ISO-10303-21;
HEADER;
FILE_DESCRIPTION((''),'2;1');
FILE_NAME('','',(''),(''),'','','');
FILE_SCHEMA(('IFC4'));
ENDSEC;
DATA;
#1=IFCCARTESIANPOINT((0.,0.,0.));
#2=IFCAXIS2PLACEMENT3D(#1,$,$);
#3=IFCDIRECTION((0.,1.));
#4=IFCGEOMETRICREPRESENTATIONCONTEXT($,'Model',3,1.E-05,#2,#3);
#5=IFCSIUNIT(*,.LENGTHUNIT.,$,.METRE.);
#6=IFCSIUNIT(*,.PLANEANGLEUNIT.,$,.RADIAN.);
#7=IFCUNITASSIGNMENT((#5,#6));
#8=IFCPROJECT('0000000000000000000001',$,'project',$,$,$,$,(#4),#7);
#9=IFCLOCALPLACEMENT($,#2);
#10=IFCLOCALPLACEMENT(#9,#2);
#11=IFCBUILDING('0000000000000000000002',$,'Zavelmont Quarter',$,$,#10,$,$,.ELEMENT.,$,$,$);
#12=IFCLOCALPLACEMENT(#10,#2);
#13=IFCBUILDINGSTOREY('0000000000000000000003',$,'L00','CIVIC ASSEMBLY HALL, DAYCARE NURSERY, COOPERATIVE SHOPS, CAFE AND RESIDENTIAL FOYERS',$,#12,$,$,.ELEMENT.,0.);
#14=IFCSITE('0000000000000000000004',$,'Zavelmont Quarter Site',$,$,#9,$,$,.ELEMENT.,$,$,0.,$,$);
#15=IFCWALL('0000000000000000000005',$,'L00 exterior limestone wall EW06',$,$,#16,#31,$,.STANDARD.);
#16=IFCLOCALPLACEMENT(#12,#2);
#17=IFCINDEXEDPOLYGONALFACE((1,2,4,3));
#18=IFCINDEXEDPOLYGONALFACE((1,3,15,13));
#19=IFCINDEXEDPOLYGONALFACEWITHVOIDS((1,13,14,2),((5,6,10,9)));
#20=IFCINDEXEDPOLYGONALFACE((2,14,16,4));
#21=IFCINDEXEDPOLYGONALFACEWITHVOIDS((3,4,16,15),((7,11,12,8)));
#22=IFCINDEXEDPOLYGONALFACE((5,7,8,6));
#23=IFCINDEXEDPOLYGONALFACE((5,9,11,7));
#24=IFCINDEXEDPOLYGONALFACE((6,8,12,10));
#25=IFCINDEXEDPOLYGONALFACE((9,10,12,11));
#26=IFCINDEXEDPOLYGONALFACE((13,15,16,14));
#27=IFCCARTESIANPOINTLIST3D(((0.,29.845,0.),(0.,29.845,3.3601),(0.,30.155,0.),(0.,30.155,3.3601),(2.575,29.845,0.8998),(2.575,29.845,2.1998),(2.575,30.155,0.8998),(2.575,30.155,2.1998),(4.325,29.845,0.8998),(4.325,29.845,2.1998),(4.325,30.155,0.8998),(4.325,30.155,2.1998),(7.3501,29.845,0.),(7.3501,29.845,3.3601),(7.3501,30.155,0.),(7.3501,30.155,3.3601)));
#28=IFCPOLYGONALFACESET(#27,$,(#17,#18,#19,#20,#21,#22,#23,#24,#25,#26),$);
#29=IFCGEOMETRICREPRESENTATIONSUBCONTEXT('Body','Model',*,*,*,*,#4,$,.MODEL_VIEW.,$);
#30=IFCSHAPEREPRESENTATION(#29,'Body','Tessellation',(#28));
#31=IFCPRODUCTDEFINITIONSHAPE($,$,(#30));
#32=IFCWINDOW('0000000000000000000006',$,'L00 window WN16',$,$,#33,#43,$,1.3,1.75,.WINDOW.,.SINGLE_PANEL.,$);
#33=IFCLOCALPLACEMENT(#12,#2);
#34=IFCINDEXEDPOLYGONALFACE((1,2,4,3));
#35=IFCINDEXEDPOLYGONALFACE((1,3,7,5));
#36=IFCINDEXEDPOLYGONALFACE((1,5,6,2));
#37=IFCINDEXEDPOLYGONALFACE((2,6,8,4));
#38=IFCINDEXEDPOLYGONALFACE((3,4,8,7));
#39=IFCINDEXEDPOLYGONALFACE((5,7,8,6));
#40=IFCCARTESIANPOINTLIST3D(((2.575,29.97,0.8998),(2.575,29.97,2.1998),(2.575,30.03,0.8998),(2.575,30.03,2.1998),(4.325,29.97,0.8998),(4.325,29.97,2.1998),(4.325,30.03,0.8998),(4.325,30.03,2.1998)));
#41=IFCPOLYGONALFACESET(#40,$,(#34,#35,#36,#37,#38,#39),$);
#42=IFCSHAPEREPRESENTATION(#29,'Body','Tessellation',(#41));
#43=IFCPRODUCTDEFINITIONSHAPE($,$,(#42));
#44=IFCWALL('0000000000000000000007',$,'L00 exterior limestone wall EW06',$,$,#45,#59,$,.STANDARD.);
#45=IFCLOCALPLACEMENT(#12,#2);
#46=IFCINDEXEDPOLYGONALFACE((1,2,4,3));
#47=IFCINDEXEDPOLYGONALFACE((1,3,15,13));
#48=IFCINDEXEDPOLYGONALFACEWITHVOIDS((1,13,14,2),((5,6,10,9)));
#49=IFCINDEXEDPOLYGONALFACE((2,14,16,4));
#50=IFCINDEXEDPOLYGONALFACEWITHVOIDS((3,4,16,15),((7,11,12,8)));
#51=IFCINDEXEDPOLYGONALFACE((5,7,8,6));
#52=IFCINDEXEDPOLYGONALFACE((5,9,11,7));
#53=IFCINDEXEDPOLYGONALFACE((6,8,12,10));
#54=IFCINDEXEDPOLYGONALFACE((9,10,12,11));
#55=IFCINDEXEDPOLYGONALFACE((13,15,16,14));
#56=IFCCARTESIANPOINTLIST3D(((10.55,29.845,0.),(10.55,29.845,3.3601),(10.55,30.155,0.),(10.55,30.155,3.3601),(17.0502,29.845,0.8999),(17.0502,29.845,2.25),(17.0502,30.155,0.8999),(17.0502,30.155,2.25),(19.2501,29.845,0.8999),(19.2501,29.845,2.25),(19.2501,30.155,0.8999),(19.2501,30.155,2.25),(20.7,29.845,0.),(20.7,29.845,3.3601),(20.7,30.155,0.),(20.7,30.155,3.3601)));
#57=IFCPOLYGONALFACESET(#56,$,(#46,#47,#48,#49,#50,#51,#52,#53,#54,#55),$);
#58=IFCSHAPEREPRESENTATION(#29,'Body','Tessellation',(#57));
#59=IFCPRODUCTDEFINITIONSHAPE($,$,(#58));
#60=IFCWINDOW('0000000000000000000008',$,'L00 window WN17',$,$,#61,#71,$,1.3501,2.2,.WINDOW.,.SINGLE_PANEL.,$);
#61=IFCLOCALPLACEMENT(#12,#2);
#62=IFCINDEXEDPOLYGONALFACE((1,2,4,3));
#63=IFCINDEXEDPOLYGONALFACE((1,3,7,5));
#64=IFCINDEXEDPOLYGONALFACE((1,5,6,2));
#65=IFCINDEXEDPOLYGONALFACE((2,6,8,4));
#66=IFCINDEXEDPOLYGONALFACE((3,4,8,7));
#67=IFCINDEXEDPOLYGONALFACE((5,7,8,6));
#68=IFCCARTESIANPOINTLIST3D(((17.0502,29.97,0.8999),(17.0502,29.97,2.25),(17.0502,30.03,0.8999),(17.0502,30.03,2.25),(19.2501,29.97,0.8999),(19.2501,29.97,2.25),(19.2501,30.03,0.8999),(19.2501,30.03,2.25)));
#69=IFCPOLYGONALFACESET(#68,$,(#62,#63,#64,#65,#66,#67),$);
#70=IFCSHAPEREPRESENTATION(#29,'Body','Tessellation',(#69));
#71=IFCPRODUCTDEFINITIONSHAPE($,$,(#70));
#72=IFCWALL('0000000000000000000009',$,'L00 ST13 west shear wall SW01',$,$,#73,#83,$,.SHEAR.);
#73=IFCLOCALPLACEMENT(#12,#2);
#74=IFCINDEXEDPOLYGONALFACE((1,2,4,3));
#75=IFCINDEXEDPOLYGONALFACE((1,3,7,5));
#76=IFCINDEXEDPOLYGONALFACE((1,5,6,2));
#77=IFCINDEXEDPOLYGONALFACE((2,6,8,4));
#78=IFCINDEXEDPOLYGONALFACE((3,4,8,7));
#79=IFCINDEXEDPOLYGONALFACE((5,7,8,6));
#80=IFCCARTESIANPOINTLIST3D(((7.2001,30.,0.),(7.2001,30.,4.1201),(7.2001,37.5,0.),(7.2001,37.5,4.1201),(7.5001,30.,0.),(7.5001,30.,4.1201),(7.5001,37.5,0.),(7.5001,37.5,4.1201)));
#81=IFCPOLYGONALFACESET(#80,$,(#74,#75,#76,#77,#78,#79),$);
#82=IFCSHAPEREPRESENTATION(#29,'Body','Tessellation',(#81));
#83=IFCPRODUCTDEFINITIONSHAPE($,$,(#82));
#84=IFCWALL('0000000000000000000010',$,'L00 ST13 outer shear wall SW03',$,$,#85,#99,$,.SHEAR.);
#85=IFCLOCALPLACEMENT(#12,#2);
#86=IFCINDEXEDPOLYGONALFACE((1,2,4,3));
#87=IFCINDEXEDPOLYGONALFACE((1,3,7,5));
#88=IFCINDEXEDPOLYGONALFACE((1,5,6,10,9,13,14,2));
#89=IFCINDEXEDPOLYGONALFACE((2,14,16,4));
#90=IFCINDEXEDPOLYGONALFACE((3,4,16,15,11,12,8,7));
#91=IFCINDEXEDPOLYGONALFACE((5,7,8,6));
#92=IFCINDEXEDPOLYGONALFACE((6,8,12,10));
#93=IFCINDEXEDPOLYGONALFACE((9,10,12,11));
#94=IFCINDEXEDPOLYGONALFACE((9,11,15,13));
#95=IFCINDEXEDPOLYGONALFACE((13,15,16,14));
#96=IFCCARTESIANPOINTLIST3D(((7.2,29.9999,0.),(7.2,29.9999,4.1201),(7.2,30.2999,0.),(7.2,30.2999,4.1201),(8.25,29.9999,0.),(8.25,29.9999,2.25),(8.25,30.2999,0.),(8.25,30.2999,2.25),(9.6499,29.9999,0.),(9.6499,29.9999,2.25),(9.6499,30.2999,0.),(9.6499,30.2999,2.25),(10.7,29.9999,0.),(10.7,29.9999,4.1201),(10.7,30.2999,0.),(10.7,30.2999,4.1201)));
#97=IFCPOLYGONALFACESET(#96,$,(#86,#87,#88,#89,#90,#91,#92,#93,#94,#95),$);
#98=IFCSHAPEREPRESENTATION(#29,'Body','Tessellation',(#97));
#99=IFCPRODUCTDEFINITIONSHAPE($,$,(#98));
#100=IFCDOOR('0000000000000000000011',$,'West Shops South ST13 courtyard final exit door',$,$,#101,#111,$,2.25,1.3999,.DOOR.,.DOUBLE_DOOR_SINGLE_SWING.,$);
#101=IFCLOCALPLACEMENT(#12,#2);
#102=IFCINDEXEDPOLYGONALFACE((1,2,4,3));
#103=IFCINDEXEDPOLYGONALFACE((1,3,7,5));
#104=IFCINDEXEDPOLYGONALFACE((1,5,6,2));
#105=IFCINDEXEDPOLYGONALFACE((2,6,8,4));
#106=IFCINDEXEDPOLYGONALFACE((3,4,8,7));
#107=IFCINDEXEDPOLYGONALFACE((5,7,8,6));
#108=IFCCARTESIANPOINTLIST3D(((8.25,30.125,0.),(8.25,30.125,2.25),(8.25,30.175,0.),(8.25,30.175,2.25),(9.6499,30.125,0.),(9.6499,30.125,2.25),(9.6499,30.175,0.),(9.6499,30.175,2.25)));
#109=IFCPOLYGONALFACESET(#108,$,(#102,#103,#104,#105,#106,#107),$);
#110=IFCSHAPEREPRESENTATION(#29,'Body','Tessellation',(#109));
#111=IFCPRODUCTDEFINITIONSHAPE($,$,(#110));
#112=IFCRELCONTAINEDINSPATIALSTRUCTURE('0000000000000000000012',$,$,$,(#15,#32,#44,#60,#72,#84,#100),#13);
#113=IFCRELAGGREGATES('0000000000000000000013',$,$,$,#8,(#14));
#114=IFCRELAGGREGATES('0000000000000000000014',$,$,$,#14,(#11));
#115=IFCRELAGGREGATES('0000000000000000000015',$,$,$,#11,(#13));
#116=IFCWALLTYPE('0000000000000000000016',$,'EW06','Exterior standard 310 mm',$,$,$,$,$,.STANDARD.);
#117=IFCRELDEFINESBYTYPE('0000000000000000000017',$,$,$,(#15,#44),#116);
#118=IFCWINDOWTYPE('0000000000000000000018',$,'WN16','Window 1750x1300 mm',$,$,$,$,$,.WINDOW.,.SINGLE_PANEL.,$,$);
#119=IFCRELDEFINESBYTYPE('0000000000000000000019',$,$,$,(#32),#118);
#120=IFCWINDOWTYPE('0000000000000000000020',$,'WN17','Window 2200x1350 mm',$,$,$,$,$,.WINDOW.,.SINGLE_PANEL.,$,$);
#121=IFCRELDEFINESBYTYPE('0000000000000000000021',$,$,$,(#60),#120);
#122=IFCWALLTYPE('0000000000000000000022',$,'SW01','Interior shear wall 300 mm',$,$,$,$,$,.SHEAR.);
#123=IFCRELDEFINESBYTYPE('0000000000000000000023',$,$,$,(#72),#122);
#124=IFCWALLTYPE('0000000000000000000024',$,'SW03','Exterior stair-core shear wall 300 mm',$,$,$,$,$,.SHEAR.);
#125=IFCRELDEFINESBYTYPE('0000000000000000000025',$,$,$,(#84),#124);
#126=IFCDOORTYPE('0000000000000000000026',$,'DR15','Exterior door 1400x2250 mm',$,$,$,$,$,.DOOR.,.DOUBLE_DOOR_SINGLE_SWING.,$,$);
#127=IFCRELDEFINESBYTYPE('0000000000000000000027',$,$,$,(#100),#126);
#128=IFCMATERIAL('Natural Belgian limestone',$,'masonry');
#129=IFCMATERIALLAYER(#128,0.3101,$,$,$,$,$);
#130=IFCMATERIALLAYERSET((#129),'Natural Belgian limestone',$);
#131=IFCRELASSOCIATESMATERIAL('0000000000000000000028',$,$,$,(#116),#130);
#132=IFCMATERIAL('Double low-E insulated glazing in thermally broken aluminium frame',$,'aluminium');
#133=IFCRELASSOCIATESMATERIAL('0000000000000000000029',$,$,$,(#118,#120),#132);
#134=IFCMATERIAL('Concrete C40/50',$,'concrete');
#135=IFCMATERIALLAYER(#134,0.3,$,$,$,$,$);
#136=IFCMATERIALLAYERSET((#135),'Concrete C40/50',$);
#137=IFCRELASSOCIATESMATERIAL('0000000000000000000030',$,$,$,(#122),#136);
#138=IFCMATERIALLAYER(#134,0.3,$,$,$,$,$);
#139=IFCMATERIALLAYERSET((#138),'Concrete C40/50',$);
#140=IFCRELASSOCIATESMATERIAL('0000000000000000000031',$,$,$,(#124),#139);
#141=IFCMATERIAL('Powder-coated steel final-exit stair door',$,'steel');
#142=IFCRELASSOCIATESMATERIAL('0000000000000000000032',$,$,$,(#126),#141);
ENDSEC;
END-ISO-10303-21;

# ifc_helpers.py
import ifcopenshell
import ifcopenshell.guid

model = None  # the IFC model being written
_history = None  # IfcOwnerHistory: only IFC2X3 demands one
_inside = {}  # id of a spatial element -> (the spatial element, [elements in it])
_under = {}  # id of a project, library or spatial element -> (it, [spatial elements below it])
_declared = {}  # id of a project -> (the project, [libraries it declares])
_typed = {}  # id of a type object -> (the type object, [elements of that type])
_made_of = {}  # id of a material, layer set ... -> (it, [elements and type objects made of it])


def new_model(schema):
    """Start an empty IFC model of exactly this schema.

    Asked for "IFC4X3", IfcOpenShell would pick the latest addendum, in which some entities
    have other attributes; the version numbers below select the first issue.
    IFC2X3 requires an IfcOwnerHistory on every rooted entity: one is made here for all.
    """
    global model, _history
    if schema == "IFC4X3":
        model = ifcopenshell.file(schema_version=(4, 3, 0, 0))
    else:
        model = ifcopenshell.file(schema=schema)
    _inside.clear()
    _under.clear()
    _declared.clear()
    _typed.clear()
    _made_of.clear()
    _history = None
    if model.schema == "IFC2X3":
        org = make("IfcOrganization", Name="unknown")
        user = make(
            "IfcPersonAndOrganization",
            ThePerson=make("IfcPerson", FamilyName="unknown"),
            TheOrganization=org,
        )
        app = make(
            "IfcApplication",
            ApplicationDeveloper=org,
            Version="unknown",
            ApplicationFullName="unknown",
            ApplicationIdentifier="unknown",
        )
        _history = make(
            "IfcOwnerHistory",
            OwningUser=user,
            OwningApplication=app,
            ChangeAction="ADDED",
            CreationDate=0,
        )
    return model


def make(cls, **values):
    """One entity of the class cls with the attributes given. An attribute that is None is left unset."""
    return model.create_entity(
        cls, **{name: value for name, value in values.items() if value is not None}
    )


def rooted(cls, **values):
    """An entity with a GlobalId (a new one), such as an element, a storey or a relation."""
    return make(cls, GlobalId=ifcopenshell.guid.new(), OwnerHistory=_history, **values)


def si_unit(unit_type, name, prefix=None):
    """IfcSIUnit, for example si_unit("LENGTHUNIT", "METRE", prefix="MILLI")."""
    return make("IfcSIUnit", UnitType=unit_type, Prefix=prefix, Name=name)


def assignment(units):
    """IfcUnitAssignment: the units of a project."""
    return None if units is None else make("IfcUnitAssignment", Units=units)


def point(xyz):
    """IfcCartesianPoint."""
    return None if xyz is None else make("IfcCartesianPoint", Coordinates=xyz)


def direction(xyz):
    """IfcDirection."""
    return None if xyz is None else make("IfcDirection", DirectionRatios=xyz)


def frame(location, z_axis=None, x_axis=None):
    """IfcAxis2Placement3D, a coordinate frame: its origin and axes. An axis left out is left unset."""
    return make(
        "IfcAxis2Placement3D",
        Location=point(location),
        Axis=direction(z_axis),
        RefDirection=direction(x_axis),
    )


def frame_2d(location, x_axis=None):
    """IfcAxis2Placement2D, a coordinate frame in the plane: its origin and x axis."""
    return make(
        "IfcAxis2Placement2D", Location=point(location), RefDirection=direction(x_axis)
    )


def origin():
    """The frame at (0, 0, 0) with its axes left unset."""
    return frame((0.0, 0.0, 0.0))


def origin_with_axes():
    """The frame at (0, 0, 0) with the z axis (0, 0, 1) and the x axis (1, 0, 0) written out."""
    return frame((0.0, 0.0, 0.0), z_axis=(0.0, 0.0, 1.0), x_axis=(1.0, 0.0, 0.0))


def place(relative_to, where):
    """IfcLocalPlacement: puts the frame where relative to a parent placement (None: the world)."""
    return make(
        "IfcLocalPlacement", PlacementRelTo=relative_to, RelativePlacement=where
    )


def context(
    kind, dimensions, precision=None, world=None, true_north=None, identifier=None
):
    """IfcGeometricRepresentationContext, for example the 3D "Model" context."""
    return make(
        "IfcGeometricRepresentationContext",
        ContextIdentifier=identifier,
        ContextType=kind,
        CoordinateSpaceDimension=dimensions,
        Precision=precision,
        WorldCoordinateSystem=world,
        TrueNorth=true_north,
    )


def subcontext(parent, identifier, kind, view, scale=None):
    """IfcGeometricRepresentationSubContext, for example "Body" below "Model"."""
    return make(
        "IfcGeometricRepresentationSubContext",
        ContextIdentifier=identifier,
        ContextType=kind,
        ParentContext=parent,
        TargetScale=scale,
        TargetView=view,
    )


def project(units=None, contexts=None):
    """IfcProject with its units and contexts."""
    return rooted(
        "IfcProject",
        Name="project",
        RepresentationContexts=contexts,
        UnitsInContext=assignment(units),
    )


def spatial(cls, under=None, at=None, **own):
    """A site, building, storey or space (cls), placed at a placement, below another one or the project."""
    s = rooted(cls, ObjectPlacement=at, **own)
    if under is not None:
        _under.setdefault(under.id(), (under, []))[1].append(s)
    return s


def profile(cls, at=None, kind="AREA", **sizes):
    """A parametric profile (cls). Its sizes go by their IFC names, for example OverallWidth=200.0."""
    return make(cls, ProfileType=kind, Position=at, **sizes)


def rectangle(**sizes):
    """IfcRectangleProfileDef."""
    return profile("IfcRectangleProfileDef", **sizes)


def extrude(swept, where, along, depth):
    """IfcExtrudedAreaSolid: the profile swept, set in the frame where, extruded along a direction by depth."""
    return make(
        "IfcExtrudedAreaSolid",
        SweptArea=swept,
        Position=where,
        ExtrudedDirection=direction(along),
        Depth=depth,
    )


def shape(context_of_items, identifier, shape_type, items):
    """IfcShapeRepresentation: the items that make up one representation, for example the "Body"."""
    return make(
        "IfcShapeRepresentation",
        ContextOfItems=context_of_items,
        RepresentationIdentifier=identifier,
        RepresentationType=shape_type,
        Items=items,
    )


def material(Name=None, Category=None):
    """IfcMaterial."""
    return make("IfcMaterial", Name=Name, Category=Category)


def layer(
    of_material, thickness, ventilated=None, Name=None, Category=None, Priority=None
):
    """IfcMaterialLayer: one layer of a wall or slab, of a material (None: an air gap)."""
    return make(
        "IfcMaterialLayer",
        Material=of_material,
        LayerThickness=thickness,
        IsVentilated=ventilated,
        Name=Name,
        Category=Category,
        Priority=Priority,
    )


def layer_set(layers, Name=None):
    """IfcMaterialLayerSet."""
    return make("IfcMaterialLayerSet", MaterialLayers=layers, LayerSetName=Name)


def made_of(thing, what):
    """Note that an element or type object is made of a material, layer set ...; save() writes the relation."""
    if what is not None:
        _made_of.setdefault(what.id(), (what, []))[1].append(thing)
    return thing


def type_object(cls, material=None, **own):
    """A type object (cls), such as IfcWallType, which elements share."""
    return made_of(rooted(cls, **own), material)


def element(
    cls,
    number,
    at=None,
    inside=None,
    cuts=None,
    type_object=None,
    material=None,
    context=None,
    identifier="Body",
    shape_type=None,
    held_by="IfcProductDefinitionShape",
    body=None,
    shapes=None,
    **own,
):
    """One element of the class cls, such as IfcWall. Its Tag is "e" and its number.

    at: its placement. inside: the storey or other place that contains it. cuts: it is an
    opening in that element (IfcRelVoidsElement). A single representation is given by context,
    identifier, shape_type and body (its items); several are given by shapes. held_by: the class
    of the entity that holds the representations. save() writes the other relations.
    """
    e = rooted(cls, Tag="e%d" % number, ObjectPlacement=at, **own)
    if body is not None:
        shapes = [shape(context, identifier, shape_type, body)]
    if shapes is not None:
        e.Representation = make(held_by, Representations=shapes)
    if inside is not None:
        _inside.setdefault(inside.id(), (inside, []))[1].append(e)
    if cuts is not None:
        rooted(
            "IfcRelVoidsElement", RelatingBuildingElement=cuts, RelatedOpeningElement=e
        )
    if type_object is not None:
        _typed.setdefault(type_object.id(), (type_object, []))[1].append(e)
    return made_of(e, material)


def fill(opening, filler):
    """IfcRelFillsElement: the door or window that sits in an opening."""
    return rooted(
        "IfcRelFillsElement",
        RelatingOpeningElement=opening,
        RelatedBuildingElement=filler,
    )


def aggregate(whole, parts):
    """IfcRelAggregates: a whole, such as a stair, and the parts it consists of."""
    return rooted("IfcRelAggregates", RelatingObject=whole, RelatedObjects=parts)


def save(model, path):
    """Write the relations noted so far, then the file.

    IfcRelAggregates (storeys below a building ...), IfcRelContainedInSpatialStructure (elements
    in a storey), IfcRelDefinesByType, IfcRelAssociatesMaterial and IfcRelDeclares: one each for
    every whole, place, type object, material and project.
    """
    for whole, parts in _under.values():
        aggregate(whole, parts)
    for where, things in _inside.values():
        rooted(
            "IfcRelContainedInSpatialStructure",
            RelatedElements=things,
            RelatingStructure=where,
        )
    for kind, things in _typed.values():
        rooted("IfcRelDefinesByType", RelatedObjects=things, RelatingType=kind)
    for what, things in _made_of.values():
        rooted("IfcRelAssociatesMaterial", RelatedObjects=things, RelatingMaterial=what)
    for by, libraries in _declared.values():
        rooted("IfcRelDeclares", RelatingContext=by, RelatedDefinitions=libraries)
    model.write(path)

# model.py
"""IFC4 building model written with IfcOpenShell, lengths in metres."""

from ifc_helpers import new_model, si_unit, direction, frame, frame_2d, origin, origin_with_axes, place, context, subcontext, project, spatial, rectangle, extrude, material, layer, layer_set, type_object, element, fill, save


model = new_model("IFC4")

# Units and contexts
model_context = context("Model", 3, precision=1e-05, world=origin(), true_north=direction((0.0, 1.0)))
body_context = subcontext(model_context, "Body", "Model", "MODEL_VIEW")
ifc_project = project(units=[si_unit("LENGTHUNIT", "METRE"), si_unit("PLANEANGLEUNIT", "RADIAN")], contexts=[model_context])

# Site, building, storey
site_placement = place(None, origin())
site = spatial("IfcSite", under=ifc_project, at=site_placement, Name="Zavelmont Quarter Site", CompositionType="ELEMENT", RefElevation=0.0)
building_placement = place(site_placement, origin())
building = spatial("IfcBuilding", under=site, at=building_placement, Name="Zavelmont Quarter", CompositionType="ELEMENT")
storey_placement = place(building_placement, origin())
storey = spatial("IfcBuildingStorey", under=building, at=storey_placement, Name="L00", Description="CIVIC ASSEMBLY HALL, DAYCARE NURSERY, COOPERATIVE SHOPS, CAFE AND RESIDENTIAL FOYERS", CompositionType="ELEMENT", Elevation=0.0)

# Shared definitions
ifc_material_1 = material(Name="Concrete C40/50", Category="concrete")

# Shared definitions
ifc_material_2 = material(Name="Natural Belgian limestone", Category="masonry")
ifc_layer_1 = layer(ifc_material_2, 0.3101)
ifc_layer_set_1 = layer_set([ifc_layer_1], Name="Natural Belgian limestone")
wall_type_1 = type_object("IfcWallType", Name="EW06", Description="Exterior standard 310 mm", PredefinedType="STANDARD", material=ifc_layer_set_1)

# Walls, openings, windows
wall_1_placement = place(storey_placement, frame((0.0, 30.0, 0.0), z_axis=(0.0, 0.0, 1.0), x_axis=(1.0, 0.0, 0.0)))
wall_1 = element("IfcWall", 1, at=wall_1_placement, inside=storey, type_object=wall_type_1, Name="L00 exterior limestone wall EW06", PredefinedType="STANDARD", context=body_context, shape_type="SweptSolid", body=[
    extrude(rectangle(XDim=7.3501, YDim=0.3101, at=frame_2d((3.675, 0.0))), origin(), (0.0, 0.0, 1.0), 3.3601),
])
opening_1_placement = place(wall_1_placement, frame((2.575, 0.0, 0.8999)))
opening_1 = element("IfcOpeningElement", 2, at=opening_1_placement, cuts=wall_1, PredefinedType="OPENING", context=body_context, shape_type="SweptSolid", body=[
    extrude(rectangle(XDim=1.75, YDim=1.3, at=frame_2d((0.875, 0.6499))), frame((0.0, 0.167, 0.0), z_axis=(0.0, -1.0, 0.0), x_axis=(1.0, 0.0, 0.0)), (0.0, 0.0, 1.0), 0.334),
])
ifc_material_3 = material(Name="Double low-E insulated glazing in thermally broken aluminium frame", Category="aluminium")
window_type_1 = type_object("IfcWindowType", Name="WN16", Description="Window 1750x1300 mm", PartitioningType="SINGLE_PANEL", PredefinedType="WINDOW", material=ifc_material_3)
window_1_placement = place(opening_1_placement, origin_with_axes())
window_1 = element("IfcWindow", 3, at=window_1_placement, inside=storey, type_object=window_type_1, Name="L00 window WN16", OverallHeight=1.3, OverallWidth=1.75, PartitioningType="SINGLE_PANEL", PredefinedType="WINDOW", context=body_context, shape_type="SweptSolid", body=[
    extrude(rectangle(XDim=1.75, YDim=1.3, at=frame_2d((0.875, 0.6499))), frame((0.0, 0.03, 0.0), z_axis=(0.0, -1.0, 0.0), x_axis=(1.0, 0.0, 0.0)), (0.0, 0.0, 1.0), 0.0601),
])
fill(opening_1, window_1)
wall_2_placement = place(storey_placement, frame((10.55, 30.0, 0.0), z_axis=(0.0, 0.0, 1.0), x_axis=(1.0, 0.0, 0.0)))
wall_2 = element("IfcWall", 4, at=wall_2_placement, inside=storey, type_object=wall_type_1, Name="L00 exterior limestone wall EW06", PredefinedType="STANDARD", context=body_context, shape_type="SweptSolid", body=[
    extrude(rectangle(XDim=10.1499, YDim=0.3101, at=frame_2d((5.075, 0.0))), origin(), (0.0, 0.0, 1.0), 3.3601),
])
opening_2_placement = place(wall_2_placement, frame((6.5, 0.0, 0.8999)))
opening_2 = element("IfcOpeningElement", 5, at=opening_2_placement, cuts=wall_2, PredefinedType="OPENING", context=body_context, shape_type="SweptSolid", body=[
    extrude(rectangle(XDim=2.2, YDim=1.3501, at=frame_2d((1.1001, 0.675))), frame((0.0, 0.167, 0.0), z_axis=(0.0, -1.0, 0.0), x_axis=(1.0, 0.0, 0.0)), (0.0, 0.0, 1.0), 0.334),
])
window_type_2 = type_object("IfcWindowType", Name="WN17", Description="Window 2200x1350 mm", PartitioningType="SINGLE_PANEL", PredefinedType="WINDOW", material=ifc_material_3)
window_2_placement = place(opening_2_placement, origin_with_axes())
window_2 = element("IfcWindow", 6, at=window_2_placement, inside=storey, type_object=window_type_2, Name="L00 window WN17", OverallHeight=1.3501, OverallWidth=2.2, PartitioningType="SINGLE_PANEL", PredefinedType="WINDOW", context=body_context, shape_type="SweptSolid", body=[
    extrude(rectangle(XDim=2.2, YDim=1.3501, at=frame_2d((1.1001, 0.675))), frame((0.0, 0.03, 0.0), z_axis=(0.0, -1.0, 0.0), x_axis=(1.0, 0.0, 0.0)), (0.0, 0.0, 1.0), 0.0601),
])
fill(opening_2, window_2)

# Wall
ifc_layer_2 = layer(ifc_material_1, 0.3)
ifc_layer_set_2 = layer_set([ifc_layer_2], Name="Concrete C40/50")
wall_type_2 = type_object("IfcWallType", Name="SW01", Description="Interior shear wall 300 mm", PredefinedType="SHEAR", material=ifc_layer_set_2)
wall_3_placement = place(storey_placement, frame((7.3501, 30.0, 0.0), z_axis=(0.0, 0.0, 1.0), x_axis=(0.0, 1.0, 0.0)))
element("IfcWall", 7, at=wall_3_placement, inside=storey, type_object=wall_type_2, Name="L00 ST13 west shear wall SW01", PredefinedType="SHEAR", context=body_context, shape_type="SweptSolid", body=[
    extrude(rectangle(XDim=7.5, YDim=0.3, at=frame_2d((3.75, 0.0))), origin(), (0.0, 0.0, 1.0), 4.1201),
])

# Wall, opening, door
ifc_layer_3 = layer(ifc_material_1, 0.3)
ifc_layer_set_3 = layer_set([ifc_layer_3], Name="Concrete C40/50")
wall_type_3 = type_object("IfcWallType", Name="SW03", Description="Exterior stair-core shear wall 300 mm", PredefinedType="SHEAR", material=ifc_layer_set_3)
wall_4_placement = place(storey_placement, frame((7.2, 30.1499, 0.0), z_axis=(0.0, 0.0, 1.0), x_axis=(1.0, 0.0, 0.0)))
wall_4 = element("IfcWall", 8, at=wall_4_placement, inside=storey, type_object=wall_type_3, Name="L00 ST13 outer shear wall SW03", PredefinedType="SHEAR", context=body_context, shape_type="SweptSolid", body=[
    extrude(rectangle(XDim=3.5, YDim=0.3, at=frame_2d((1.75, 0.0))), origin(), (0.0, 0.0, 1.0), 4.1201),
])
opening_3_placement = place(wall_4_placement, frame((1.05, 0.0, 0.0)))
opening_3 = element("IfcOpeningElement", 9, at=opening_3_placement, cuts=wall_4, PredefinedType="OPENING", context=body_context, shape_type="SweptSolid", body=[
    extrude(rectangle(XDim=1.3999, YDim=2.25, at=frame_2d((0.7, 1.125))), frame((0.0, 0.1621, 0.0), z_axis=(0.0, -1.0, 0.0), x_axis=(1.0, 0.0, 0.0)), (0.0, 0.0, 1.0), 0.324),
])
ifc_material_4 = material(Name="Powder-coated steel final-exit stair door", Category="steel")
door_type_1 = type_object("IfcDoorType", Name="DR15", Description="Exterior door 1400x2250 mm", OperationType="DOUBLE_DOOR_SINGLE_SWING", PredefinedType="DOOR", material=ifc_material_4)
door_1_placement = place(opening_3_placement, frame((1.3999, 0.0, 0.0), z_axis=(0.0, 0.0, 1.0), x_axis=(-1.0, 0.0, 0.0)))
door_1 = element("IfcDoor", 10, at=door_1_placement, inside=storey, type_object=door_type_1, Name="West Shops South ST13 courtyard final exit door", OperationType="DOUBLE_DOOR_SINGLE_SWING", OverallHeight=2.25, OverallWidth=1.3999, PredefinedType="DOOR", context=body_context, shape_type="SweptSolid", body=[
    extrude(rectangle(XDim=1.3999, YDim=2.25, at=frame_2d((0.7, 1.125))), frame((0.0, 0.0249, 0.0), z_axis=(0.0, -1.0, 0.0), x_axis=(1.0, 0.0, 0.0)), (0.0, 0.0, 1.0), 0.05),
])
fill(opening_3, door_1)

save(model, "model.ifc")
